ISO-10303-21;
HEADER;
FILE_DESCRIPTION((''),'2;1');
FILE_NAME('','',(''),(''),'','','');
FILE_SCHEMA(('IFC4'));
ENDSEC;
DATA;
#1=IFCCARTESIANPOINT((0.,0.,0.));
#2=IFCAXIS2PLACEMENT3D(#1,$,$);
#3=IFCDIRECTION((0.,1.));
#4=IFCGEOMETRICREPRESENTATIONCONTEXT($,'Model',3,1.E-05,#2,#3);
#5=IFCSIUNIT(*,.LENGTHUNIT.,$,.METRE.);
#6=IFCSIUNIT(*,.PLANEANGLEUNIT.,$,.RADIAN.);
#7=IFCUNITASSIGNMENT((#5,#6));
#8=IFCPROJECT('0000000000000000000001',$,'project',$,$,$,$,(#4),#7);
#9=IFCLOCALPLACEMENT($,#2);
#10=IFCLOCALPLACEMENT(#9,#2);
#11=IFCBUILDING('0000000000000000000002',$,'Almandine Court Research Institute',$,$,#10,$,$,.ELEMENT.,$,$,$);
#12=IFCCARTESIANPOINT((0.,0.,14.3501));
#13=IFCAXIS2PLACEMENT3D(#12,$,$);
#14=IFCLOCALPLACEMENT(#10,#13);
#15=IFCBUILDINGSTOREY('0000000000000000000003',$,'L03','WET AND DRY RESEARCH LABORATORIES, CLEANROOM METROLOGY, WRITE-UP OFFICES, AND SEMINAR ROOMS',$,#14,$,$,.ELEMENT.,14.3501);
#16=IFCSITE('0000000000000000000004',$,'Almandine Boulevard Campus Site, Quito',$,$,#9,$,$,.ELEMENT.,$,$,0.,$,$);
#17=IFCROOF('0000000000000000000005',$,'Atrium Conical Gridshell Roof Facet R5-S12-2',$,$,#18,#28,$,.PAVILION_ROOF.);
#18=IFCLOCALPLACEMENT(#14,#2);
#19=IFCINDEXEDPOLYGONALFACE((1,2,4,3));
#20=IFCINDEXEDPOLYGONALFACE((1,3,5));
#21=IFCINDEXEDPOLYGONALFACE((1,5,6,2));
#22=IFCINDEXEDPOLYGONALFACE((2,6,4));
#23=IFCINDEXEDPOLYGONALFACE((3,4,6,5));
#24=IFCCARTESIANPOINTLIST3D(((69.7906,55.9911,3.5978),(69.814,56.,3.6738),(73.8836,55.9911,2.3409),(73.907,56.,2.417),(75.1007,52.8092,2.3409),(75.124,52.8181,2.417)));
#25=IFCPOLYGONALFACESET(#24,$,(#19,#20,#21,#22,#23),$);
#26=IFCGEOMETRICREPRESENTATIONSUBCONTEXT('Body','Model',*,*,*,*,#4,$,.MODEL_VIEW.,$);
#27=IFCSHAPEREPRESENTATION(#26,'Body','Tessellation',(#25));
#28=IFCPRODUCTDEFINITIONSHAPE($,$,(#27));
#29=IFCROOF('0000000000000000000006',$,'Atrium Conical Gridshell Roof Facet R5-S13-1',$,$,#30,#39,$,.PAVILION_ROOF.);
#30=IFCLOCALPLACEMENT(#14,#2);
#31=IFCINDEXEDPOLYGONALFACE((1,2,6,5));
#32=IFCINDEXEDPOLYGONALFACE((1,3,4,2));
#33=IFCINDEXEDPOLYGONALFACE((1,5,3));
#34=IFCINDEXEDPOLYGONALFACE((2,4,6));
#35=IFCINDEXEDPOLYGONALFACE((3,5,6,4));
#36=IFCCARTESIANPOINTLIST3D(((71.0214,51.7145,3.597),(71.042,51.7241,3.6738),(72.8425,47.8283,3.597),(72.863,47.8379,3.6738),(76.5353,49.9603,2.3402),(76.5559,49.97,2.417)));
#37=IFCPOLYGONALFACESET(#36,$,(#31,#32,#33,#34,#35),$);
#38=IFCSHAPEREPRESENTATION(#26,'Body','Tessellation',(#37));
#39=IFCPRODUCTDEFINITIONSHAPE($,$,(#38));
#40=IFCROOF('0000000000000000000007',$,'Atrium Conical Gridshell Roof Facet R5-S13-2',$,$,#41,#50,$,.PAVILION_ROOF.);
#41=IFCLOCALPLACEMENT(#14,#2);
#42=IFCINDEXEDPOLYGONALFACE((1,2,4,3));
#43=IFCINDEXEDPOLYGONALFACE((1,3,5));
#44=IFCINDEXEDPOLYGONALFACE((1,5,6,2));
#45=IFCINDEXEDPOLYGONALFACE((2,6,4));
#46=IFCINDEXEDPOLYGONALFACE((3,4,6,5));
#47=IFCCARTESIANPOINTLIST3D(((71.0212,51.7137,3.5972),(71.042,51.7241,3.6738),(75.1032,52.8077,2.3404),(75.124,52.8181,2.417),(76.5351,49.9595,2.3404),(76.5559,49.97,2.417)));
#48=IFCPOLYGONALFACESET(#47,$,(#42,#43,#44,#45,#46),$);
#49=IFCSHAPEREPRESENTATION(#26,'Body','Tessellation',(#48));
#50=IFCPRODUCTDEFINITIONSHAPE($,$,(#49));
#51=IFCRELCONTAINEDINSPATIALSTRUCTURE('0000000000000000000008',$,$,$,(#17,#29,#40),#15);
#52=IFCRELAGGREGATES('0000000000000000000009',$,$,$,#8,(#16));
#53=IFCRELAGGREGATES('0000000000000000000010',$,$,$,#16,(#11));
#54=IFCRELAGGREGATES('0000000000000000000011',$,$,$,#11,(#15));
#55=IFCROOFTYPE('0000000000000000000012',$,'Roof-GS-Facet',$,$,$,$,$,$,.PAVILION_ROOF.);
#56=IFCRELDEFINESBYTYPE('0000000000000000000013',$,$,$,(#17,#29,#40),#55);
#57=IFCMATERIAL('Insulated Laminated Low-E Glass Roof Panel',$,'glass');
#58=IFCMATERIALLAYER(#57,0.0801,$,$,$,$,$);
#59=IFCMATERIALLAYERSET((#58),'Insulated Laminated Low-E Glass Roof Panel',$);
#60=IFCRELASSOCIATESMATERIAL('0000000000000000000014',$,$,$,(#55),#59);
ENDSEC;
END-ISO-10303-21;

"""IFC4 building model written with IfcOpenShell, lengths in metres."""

from ifc_helpers import new_model, si_unit, direction, frame, origin, place, context, subcontext, project, spatial, polyline, outline, extrude, material, layer, layer_set, type_object, element, save


model = new_model("IFC4")

# Units and contexts
model_context = context("Model", 3, precision=1e-05, world=origin(), true_north=direction((0.0, 1.0)))
body_context = subcontext(model_context, "Body", "Model", "MODEL_VIEW")
ifc_project = project(units=[si_unit("LENGTHUNIT", "METRE"), si_unit("PLANEANGLEUNIT", "RADIAN")], contexts=[model_context])

# Site, building, storey
site_placement = place(None, origin())
site = spatial("IfcSite", under=ifc_project, at=site_placement, Name="Almandine Boulevard Campus Site, Quito", CompositionType="ELEMENT", RefElevation=0.0)
building_placement = place(site_placement, origin())
building = spatial("IfcBuilding", under=site, at=building_placement, Name="Almandine Court Research Institute", CompositionType="ELEMENT")
storey_placement = place(building_placement, frame((0.0, 0.0, 14.3501)))
storey = spatial("IfcBuildingStorey", under=building, at=storey_placement, Name="L03", Description="WET AND DRY RESEARCH LABORATORIES, CLEANROOM METROLOGY, WRITE-UP OFFICES, AND SEMINAR ROOMS", CompositionType="ELEMENT", Elevation=14.3501)

# Roofs
ifc_material_1 = material(Name="Insulated Laminated Low-E Glass Roof Panel", Category="glass")
ifc_layer_1 = layer(ifc_material_1, 0.0801)
ifc_layer_set_1 = layer_set([ifc_layer_1], Name="Insulated Laminated Low-E Glass Roof Panel")
roof_type = type_object("IfcRoofType", Name="Roof-GS-Facet", PredefinedType="PAVILION_ROOF", material=ifc_layer_set_1)
roof_1_placement = place(storey_placement, frame((69.814, 56.0, 3.6738), z_axis=(0.291708, 0.111576, 0.949978), x_axis=(0.840638, -0.503725, -0.19897)))
element("IfcRoof", 1, at=roof_1_placement, inside=storey, type_object=roof_type, Name="Atrium Conical Gridshell Roof Facet R5-S12-2", PredefinedType="PAVILION_ROOF", context=body_context, shape_type="SweptSolid", body=[
    extrude(outline(polyline([(0.0, 0.0), (6.3167, 0.0), (3.6908, 2.1703), (0.0, 0.0)])), origin(), (0.0, 0.0, -1.0), 0.0801),
])
roof_2_placement = place(storey_placement, frame((71.042, 51.7241, 3.6738), z_axis=(0.256868, 0.120365, 0.958922), x_axis=(0.424314, -0.905515, 0.0)))
element("IfcRoof", 2, at=roof_2_placement, inside=storey, type_object=roof_type, Name="Atrium Conical Gridshell Roof Facet R5-S13-1", PredefinedType="PAVILION_ROOF", context=body_context, shape_type="SweptSolid", body=[
    extrude(outline(polyline([(0.0, 0.0), (4.2917, 0.0), (3.928, 4.4306), (0.0, 0.0)])), origin(), (0.0, 0.0, -1.0), 0.0801),
])
roof_3_placement = place(storey_placement, frame((71.042, 51.7241, 3.6738), z_axis=(0.259627, 0.130526, 0.956847), x_axis=(0.931225, -0.296252, -0.212262)))
element("IfcRoof", 3, at=roof_3_placement, inside=storey, type_object=roof_type, Name="Atrium Conical Gridshell Roof Facet R5-S13-2", PredefinedType="PAVILION_ROOF", context=body_context, shape_type="SweptSolid", body=[
    extrude(outline(polyline([(0.0, 0.0), (5.9211, 0.0), (3.744, 2.3285), (0.0, 0.0)])), origin(), (0.0, 0.0, -1.0), 0.0801),
])

save(model, "model.ifc")
